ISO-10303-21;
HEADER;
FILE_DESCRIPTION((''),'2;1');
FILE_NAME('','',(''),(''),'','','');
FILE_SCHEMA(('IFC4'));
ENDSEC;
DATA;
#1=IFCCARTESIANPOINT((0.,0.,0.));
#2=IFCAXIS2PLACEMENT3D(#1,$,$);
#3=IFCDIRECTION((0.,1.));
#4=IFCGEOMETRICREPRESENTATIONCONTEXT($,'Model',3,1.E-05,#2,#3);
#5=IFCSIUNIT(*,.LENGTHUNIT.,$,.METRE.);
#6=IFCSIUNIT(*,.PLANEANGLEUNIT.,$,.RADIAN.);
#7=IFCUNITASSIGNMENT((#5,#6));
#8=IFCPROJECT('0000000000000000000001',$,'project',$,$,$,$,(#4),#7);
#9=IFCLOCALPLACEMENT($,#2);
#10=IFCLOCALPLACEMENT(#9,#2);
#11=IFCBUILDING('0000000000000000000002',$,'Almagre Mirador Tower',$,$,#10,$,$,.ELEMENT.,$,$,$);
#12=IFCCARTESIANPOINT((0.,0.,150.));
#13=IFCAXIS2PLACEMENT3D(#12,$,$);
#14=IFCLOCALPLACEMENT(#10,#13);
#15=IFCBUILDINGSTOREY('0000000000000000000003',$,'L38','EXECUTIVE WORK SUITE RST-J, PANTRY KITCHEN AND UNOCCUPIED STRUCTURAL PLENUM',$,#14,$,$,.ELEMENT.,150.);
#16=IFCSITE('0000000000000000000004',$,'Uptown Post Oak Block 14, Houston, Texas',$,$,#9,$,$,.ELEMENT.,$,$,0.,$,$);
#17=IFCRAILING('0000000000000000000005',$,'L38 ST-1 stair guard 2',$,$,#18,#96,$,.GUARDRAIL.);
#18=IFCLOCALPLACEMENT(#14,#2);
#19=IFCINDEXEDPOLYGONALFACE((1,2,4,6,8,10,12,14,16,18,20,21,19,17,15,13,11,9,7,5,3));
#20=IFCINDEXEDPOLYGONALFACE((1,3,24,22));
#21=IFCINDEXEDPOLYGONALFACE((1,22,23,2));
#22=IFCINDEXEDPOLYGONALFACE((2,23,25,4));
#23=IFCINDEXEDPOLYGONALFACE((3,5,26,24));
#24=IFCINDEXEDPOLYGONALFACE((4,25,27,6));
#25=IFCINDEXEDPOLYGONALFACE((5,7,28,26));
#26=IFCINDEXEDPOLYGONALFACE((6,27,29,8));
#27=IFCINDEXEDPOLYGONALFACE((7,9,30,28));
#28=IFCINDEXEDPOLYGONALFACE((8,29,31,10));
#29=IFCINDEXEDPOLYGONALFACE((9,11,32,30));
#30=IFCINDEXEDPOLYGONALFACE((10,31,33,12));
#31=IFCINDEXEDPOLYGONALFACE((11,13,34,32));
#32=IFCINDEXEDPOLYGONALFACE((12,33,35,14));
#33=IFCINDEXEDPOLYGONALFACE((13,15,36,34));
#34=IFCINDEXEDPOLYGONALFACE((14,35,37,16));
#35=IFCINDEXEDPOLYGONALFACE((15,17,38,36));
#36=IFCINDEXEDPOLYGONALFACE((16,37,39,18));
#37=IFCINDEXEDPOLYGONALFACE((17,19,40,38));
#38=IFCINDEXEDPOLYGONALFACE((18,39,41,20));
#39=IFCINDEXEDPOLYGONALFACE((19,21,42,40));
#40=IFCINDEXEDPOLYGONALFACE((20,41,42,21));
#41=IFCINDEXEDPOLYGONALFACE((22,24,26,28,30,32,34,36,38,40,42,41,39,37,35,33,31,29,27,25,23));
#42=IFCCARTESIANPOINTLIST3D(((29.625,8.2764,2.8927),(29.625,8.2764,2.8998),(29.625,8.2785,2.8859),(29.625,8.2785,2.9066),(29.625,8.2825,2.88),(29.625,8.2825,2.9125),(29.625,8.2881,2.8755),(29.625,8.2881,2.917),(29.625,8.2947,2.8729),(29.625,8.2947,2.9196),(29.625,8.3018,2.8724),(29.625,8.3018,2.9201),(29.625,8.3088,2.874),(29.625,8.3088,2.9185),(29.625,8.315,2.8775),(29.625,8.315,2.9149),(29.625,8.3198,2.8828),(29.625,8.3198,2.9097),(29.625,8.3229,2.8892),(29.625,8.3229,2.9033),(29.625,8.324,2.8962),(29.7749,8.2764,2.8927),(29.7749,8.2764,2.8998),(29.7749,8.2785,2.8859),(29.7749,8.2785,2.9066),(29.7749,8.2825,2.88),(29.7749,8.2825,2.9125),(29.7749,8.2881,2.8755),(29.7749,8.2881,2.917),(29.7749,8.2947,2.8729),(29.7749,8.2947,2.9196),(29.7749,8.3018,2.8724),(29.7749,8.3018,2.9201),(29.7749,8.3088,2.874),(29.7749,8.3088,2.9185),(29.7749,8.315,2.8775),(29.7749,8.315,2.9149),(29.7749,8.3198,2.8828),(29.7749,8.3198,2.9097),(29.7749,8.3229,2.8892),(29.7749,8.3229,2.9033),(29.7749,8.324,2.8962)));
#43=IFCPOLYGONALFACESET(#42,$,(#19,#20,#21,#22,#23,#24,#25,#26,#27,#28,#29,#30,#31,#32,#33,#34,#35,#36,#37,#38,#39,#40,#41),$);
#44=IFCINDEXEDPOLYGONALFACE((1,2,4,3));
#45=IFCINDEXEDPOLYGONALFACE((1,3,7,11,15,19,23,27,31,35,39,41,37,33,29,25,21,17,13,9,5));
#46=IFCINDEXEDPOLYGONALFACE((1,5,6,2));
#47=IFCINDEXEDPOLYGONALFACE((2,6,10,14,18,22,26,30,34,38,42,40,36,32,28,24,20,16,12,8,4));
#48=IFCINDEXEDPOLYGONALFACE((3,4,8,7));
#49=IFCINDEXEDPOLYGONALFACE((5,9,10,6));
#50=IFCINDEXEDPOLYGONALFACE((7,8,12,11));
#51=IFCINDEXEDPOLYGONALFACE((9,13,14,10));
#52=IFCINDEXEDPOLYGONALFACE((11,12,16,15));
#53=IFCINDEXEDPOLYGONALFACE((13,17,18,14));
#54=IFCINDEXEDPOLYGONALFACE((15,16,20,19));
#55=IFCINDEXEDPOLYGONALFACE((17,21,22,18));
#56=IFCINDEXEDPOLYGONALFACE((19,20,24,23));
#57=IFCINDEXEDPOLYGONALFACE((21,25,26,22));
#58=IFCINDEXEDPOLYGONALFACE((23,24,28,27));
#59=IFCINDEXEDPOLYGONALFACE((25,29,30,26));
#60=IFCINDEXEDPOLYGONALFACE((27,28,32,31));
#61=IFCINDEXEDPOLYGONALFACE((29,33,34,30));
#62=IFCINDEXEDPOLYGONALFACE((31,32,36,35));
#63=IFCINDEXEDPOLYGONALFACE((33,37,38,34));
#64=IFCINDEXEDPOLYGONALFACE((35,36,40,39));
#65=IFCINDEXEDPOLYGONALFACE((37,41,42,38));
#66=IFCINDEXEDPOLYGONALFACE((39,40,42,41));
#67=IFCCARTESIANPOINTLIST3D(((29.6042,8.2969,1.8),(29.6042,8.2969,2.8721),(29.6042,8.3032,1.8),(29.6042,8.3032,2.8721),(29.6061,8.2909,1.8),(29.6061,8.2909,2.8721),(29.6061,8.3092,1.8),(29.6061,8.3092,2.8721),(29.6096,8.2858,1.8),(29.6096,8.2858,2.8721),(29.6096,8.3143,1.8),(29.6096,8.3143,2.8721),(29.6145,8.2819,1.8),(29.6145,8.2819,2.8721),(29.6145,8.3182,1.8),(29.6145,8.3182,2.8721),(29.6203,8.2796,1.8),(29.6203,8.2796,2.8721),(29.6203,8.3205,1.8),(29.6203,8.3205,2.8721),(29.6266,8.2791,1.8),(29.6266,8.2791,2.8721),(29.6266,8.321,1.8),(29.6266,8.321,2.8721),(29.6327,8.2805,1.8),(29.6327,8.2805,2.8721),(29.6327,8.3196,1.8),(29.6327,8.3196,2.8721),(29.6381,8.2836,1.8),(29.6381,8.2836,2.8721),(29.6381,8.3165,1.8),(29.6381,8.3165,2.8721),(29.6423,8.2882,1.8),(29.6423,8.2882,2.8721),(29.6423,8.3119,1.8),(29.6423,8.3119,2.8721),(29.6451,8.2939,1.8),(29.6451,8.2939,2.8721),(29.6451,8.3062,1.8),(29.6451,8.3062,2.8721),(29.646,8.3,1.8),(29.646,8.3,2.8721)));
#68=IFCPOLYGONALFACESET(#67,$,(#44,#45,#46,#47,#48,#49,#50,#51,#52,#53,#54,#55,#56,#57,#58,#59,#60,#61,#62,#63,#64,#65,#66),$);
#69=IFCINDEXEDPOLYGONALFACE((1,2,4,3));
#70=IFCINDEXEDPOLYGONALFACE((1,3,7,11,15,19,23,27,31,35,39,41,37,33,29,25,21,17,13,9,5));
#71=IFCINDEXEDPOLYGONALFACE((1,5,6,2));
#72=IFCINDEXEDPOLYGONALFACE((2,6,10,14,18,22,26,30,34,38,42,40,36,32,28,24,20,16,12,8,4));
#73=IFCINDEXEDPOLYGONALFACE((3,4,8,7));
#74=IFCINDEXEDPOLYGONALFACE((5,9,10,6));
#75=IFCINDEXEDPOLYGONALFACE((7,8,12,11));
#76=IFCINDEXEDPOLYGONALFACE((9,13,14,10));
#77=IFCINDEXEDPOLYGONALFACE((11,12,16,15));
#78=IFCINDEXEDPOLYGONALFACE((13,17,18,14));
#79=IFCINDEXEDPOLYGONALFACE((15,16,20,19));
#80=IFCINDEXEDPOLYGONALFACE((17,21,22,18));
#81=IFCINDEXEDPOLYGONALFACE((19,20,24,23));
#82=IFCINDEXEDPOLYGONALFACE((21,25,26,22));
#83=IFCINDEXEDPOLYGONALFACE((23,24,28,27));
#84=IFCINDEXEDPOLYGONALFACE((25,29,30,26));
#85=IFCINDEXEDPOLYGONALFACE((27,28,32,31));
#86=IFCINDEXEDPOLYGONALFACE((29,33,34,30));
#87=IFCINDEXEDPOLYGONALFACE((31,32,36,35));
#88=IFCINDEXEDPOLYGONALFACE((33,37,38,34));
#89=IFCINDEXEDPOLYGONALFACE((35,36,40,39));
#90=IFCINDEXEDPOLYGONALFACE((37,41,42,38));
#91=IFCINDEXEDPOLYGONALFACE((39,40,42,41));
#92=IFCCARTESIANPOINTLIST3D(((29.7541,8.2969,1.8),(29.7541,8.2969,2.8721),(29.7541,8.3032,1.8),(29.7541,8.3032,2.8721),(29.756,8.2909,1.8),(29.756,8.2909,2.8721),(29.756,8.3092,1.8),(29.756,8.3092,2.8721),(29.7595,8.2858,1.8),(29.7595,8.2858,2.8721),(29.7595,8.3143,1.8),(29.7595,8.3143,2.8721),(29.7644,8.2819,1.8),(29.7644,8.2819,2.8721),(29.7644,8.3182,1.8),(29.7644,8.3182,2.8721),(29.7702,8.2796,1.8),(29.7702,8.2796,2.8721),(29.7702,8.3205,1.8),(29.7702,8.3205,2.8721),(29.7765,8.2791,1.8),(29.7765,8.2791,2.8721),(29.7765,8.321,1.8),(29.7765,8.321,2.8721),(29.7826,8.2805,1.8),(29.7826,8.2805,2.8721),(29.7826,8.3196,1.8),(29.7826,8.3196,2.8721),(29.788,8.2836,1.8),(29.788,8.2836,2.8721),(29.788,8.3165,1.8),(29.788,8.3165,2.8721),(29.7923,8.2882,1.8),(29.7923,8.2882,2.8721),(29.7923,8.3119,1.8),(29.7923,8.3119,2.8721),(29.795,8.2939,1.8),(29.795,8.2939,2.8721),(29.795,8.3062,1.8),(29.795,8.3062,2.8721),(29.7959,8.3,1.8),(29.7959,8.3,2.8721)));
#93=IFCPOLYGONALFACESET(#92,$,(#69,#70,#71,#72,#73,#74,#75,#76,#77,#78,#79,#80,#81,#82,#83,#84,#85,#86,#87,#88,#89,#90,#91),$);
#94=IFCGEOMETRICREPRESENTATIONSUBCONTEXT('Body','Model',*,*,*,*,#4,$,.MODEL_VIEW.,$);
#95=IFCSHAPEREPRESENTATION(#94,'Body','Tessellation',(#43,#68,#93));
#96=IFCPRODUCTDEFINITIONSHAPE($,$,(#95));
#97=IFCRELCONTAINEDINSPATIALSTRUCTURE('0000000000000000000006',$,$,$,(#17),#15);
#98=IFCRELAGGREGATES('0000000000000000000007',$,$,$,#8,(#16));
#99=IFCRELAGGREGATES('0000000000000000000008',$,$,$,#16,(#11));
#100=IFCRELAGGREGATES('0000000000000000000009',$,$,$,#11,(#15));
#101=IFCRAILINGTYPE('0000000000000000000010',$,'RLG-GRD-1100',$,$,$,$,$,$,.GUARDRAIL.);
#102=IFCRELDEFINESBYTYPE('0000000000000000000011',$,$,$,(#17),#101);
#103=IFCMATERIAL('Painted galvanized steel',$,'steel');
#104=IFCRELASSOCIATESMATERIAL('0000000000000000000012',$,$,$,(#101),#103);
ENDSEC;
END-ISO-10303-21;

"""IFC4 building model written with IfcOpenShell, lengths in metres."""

from ifc_helpers import new_model, si_unit, direction, frame, origin, origin_2d, place, context, subcontext, project, spatial, circle, extrude, material, type_object, element, save


model = new_model("IFC4")

# Units and contexts
model_context = context("Model", 3, precision=1e-05, world=origin(), true_north=direction((0.0, 1.0)))
body_context = subcontext(model_context, "Body", "Model", "MODEL_VIEW")
ifc_project = project(units=[si_unit("LENGTHUNIT", "METRE"), si_unit("PLANEANGLEUNIT", "RADIAN")], contexts=[model_context])

# Site, building, storey
site_placement = place(None, origin())
site = spatial("IfcSite", under=ifc_project, at=site_placement, Name="Uptown Post Oak Block 14, Houston, Texas", CompositionType="ELEMENT", RefElevation=0.0)
building_placement = place(site_placement, origin())
building = spatial("IfcBuilding", under=site, at=building_placement, Name="Almagre Mirador Tower", CompositionType="ELEMENT")
storey_placement = place(building_placement, frame((0.0, 0.0, 150.0)))
storey = spatial("IfcBuildingStorey", under=building, at=storey_placement, Name="L38", Description="EXECUTIVE WORK SUITE RST-J, PANTRY KITCHEN AND UNOCCUPIED STRUCTURAL PLENUM", CompositionType="ELEMENT", Elevation=150.0)

# Railing
ifc_material_1 = material(Name="Painted galvanized steel", Category="steel")
railing_type_1 = type_object("IfcRailingType", Name="RLG-GRD-1100", PredefinedType="GUARDRAIL", material=ifc_material_1)
railing_1_placement = place(storey_placement, frame((29.625, 8.3, 1.8)))
element("IfcRailing", 1, at=railing_1_placement, inside=storey, type_object=railing_type_1, Name="L38 ST-1 stair guard 2", PredefinedType="GUARDRAIL", context=body_context, shape_type="SweptSolid", body=[
    extrude(circle(Radius=0.0239, at=origin_2d()), frame((0.0, 0.0, 1.0962), z_axis=(1.0, 0.0, 0.0), x_axis=(0.0, 1.0, 0.0)), (0.0, 0.0, 1.0), 0.1499),
    extrude(circle(Radius=0.021, at=origin_2d()), origin(), (0.0, 0.0, 1.0), 1.072),
    extrude(circle(Radius=0.021, at=origin_2d()), frame((0.1499, 0.0, 0.0)), (0.0, 0.0, 1.0), 1.072),
])

save(model, "model.ifc")
